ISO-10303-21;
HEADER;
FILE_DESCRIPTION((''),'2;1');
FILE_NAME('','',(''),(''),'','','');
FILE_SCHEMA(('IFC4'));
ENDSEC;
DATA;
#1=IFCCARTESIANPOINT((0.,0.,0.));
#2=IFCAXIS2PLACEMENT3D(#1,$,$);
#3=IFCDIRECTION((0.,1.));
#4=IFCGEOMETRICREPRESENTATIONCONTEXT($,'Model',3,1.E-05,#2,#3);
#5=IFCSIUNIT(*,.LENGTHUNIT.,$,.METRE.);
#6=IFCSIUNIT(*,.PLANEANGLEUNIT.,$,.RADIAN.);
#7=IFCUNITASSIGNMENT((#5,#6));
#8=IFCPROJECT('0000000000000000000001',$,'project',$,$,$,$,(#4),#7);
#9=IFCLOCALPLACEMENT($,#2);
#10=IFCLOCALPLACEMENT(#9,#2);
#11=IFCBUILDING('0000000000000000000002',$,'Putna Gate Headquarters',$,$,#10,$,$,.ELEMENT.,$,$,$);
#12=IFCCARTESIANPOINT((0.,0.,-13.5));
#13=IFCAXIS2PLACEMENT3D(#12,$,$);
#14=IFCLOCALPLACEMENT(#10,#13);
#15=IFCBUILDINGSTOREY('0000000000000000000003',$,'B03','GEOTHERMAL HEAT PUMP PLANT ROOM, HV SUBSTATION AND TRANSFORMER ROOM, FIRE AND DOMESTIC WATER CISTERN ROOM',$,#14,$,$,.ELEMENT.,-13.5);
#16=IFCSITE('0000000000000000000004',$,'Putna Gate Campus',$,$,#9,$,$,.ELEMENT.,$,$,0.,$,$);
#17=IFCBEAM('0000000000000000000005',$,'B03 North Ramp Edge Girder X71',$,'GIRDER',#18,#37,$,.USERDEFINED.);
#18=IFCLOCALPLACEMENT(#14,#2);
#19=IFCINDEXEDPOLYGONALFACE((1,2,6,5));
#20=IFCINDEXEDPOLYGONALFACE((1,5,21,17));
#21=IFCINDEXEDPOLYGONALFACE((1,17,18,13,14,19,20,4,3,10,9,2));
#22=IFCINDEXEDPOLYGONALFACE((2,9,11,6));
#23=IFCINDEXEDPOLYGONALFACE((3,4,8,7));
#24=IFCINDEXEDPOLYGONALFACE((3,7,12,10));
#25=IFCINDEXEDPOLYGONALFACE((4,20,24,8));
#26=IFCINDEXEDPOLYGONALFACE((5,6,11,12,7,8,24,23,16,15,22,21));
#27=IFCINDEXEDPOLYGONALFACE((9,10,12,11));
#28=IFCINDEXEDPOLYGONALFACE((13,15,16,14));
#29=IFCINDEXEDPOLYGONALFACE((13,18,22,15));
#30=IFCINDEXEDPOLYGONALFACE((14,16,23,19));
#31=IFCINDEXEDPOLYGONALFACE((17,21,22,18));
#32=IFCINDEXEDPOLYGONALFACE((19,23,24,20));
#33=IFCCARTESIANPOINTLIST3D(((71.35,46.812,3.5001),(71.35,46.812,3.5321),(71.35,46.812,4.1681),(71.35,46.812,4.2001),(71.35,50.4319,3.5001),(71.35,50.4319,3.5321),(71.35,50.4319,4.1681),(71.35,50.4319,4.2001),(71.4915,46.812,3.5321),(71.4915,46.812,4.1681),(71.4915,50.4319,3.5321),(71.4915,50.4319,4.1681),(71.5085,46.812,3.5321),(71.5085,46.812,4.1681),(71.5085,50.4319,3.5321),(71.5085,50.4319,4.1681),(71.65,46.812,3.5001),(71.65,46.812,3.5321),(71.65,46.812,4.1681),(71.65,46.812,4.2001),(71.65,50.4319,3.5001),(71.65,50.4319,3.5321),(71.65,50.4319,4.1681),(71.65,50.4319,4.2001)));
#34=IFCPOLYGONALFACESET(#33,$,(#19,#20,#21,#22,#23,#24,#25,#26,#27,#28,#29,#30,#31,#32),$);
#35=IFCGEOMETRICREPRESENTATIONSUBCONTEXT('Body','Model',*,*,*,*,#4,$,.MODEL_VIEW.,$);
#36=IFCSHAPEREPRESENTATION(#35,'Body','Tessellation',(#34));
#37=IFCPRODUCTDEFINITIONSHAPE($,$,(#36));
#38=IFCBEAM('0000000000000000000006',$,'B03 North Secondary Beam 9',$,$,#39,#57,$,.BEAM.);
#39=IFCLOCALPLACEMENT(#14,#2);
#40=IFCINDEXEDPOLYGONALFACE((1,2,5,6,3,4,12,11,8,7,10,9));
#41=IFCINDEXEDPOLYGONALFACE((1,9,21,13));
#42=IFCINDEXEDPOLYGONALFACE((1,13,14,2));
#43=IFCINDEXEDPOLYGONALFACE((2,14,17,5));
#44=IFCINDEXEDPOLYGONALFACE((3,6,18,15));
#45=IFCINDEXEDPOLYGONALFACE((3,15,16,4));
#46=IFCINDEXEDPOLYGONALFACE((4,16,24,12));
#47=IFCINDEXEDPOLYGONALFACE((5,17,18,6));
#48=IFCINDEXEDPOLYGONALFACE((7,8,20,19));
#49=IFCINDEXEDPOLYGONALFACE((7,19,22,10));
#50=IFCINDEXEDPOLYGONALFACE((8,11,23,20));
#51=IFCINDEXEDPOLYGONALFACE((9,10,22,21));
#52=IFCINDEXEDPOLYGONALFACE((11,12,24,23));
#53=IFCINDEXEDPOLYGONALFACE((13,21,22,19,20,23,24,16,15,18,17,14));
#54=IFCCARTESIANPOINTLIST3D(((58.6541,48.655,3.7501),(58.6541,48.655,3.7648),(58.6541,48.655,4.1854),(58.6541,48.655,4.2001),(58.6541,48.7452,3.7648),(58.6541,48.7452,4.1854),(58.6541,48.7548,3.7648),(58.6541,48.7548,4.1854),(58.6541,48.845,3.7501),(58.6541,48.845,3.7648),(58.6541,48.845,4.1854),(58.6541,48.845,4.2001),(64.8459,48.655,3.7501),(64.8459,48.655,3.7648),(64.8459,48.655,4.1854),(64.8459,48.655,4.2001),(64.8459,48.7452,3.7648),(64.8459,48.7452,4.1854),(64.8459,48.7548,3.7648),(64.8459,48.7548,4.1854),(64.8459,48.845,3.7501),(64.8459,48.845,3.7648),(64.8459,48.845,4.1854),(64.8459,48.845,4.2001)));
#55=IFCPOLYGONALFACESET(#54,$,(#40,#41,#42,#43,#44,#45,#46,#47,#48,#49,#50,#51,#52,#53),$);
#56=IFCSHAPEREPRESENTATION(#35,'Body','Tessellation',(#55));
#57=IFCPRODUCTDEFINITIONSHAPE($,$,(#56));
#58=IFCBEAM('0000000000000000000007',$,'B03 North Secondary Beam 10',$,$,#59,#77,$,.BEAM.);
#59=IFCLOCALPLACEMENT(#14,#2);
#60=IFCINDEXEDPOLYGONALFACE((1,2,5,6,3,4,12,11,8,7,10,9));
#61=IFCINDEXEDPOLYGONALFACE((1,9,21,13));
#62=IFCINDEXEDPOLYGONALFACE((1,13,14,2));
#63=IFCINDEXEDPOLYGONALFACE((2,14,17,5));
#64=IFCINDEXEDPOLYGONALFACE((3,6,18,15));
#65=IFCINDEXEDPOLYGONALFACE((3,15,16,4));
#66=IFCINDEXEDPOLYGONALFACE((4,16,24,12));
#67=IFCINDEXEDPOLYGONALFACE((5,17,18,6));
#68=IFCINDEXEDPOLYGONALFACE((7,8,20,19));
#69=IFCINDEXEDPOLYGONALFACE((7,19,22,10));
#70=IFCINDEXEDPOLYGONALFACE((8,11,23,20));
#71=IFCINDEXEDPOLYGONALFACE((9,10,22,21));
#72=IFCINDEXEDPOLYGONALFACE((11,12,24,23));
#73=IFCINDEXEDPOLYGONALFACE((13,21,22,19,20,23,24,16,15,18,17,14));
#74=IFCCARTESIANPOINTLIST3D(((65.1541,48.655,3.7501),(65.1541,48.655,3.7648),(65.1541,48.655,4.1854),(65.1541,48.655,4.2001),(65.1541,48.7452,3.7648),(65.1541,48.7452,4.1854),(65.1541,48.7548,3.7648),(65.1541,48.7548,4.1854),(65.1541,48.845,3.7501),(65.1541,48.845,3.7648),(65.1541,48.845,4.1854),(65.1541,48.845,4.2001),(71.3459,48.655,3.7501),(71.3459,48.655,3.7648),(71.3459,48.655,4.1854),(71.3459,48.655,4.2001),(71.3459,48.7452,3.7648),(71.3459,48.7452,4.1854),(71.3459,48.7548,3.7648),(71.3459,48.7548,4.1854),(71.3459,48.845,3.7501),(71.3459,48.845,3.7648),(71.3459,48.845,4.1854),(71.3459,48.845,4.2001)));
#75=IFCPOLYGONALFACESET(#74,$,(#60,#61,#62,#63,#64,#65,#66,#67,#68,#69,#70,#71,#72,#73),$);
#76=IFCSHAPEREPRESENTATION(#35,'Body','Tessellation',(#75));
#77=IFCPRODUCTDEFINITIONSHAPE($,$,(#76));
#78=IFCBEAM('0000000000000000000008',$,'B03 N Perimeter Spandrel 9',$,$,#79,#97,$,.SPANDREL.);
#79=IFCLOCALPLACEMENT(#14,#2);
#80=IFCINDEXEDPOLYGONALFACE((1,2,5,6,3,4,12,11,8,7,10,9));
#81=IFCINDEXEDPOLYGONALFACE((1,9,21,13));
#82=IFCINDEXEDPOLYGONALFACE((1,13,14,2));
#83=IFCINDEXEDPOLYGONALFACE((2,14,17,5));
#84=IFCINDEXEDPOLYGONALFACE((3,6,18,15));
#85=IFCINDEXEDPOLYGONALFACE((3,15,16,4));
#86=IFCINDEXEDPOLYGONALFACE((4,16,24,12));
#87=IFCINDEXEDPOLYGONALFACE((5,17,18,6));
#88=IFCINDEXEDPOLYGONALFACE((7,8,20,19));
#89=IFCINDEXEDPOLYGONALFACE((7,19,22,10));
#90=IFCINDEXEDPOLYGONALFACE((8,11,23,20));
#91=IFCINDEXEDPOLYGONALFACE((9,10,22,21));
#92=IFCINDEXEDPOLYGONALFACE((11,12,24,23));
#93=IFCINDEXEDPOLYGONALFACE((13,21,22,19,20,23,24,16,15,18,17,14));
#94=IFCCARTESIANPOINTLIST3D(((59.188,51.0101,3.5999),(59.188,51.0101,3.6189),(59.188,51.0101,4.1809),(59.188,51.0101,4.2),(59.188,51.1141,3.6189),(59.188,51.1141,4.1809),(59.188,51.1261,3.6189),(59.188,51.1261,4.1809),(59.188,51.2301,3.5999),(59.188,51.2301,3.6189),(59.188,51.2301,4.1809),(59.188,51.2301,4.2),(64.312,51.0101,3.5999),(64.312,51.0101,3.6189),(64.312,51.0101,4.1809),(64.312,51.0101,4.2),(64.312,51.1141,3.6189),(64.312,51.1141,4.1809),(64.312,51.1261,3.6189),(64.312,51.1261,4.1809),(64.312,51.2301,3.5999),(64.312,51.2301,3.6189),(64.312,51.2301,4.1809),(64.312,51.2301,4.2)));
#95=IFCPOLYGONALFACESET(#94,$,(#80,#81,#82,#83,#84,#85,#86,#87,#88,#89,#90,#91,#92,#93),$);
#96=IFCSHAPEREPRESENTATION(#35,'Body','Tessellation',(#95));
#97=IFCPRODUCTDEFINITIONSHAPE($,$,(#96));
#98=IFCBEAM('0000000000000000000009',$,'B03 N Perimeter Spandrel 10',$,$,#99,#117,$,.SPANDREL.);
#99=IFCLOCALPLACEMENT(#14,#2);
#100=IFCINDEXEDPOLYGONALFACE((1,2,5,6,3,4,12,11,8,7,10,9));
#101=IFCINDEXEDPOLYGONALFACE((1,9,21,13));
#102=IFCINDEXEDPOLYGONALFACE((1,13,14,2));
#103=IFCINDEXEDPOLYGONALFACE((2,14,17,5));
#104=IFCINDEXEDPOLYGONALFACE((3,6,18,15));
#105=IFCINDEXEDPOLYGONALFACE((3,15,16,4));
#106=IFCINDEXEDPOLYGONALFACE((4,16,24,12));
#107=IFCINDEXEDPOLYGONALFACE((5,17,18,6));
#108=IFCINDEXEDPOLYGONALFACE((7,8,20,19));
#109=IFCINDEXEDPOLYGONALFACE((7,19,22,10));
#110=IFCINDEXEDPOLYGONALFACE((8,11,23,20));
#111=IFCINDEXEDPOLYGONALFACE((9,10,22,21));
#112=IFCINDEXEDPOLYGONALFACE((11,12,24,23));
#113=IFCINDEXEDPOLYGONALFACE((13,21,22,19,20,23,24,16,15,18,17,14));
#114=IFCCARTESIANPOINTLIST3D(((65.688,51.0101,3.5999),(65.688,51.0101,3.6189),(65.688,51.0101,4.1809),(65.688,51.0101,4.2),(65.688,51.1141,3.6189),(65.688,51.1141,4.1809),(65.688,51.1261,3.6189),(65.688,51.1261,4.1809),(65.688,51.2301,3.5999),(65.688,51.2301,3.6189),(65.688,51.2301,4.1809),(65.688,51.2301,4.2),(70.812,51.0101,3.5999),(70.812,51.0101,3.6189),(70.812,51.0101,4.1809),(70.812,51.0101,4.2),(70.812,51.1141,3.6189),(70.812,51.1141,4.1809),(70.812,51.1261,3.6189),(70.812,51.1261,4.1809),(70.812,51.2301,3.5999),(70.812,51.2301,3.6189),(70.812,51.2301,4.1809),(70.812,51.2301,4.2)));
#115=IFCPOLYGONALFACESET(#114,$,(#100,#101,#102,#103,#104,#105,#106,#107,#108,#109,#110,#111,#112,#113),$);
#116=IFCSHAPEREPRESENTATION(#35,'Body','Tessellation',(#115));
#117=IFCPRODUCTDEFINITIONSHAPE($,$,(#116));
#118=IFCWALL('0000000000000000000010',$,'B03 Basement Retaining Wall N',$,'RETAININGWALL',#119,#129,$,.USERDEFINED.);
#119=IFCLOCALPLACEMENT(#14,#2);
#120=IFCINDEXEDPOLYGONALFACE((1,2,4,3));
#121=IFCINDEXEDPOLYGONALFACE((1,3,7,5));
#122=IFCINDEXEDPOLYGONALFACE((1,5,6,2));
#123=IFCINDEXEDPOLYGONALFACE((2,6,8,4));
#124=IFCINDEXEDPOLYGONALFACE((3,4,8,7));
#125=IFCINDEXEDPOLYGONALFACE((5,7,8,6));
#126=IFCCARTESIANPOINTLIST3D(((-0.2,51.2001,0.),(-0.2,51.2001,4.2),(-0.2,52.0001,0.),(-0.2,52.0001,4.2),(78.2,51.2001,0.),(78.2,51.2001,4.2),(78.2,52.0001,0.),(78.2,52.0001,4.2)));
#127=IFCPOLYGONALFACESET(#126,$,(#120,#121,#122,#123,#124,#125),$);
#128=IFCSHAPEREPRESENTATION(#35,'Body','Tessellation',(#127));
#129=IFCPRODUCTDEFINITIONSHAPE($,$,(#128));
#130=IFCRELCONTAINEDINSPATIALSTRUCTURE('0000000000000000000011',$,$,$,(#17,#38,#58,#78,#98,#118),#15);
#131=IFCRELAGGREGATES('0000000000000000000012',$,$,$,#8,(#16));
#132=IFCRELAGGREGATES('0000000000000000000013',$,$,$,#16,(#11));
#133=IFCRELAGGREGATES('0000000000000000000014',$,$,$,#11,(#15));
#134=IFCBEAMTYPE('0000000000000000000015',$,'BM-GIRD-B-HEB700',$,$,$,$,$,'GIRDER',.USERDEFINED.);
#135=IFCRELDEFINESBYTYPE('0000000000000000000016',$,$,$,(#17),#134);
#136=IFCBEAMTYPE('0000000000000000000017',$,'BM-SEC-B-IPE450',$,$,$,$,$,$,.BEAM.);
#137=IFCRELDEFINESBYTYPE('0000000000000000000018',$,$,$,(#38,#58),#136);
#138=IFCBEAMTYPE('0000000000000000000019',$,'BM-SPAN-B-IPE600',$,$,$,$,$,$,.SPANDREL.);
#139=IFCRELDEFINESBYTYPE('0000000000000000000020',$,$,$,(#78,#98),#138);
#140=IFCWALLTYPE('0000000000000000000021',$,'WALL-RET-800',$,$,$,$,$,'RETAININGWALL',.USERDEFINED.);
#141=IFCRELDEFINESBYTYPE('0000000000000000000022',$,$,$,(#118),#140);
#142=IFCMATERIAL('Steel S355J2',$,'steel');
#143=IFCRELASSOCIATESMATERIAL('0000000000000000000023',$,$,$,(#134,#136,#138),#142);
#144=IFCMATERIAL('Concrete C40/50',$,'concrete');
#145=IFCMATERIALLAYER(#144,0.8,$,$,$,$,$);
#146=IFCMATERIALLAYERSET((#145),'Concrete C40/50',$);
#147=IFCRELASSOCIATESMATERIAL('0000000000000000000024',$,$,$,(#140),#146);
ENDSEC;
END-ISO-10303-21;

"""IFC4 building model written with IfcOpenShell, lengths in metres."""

from ifc_helpers import new_model, si_unit, direction, frame, frame_2d, origin, origin_2d, place, context, subcontext, project, spatial, rectangle, i_section, extrude, material, layer, layer_set, material_profile, profile_set, type_object, element, save


model = new_model("IFC4")

# Units and contexts
model_context = context("Model", 3, precision=1e-05, world=origin(), true_north=direction((0.0, 1.0)))
body_context = subcontext(model_context, "Body", "Model", "MODEL_VIEW")
ifc_project = project(units=[si_unit("LENGTHUNIT", "METRE"), si_unit("PLANEANGLEUNIT", "RADIAN")], contexts=[model_context])

# Site, building, storey
site_placement = place(None, origin())
site = spatial("IfcSite", under=ifc_project, at=site_placement, Name="Putna Gate Campus", CompositionType="ELEMENT", RefElevation=0.0)
building_placement = place(site_placement, origin())
building = spatial("IfcBuilding", under=site, at=building_placement, Name="Putna Gate Headquarters", CompositionType="ELEMENT")
storey_placement = place(building_placement, frame((0.0, 0.0, -13.5)))
storey = spatial("IfcBuildingStorey", under=building, at=storey_placement, Name="B03", Description="GEOTHERMAL HEAT PUMP PLANT ROOM, HV SUBSTATION AND TRANSFORMER ROOM, FIRE AND DOMESTIC WATER CISTERN ROOM", CompositionType="ELEMENT", Elevation=-13.5)

# Shared definitions
ifc_material_1 = material(Name="Concrete C40/50", Category="concrete")

# Beams
ifc_material_2 = material(Name="Steel S355J2", Category="steel")
ifc_material_profile_1 = material_profile(ifc_material_2, i_section(OverallWidth=0.3, OverallDepth=0.7, WebThickness=0.0171, FlangeThickness=0.032, at=origin_2d()), Name="Steel S355J2")
ifc_profile_set_1 = profile_set([ifc_material_profile_1], Name="Steel S355J2")
beam_type_1 = type_object("IfcBeamType", Name="BM-GIRD-B-HEB700", ElementType="GIRDER", PredefinedType="USERDEFINED", material=ifc_profile_set_1)
for number, where, z_axis, x_axis, name in (
    (1, (71.5, 46.812, 3.8501), (0.0, 1.0, 0.0), (-1.0, 0.0, 0.0), "B03 North Ramp Edge Girder X71"),
):
    element("IfcBeam", number, at=place(storey_placement, frame(where, z_axis=z_axis, x_axis=x_axis)), inside=storey, type_object=beam_type_1, Name=name, ObjectType="GIRDER", PredefinedType="USERDEFINED", context=body_context, shape_type="SweptSolid", body=[
        extrude(i_section(OverallWidth=0.3, OverallDepth=0.7, WebThickness=0.0171, FlangeThickness=0.032, at=origin_2d()), origin(), (0.0, 0.0, 1.0), 3.6199),
    ])
ifc_material_profile_2 = material_profile(ifc_material_2, i_section(OverallWidth=0.1899, OverallDepth=0.45, WebThickness=0.0095, FlangeThickness=0.0146, at=origin_2d()), Name="Steel S355J2")
ifc_profile_set_2 = profile_set([ifc_material_profile_2], Name="Steel S355J2")
beam_type_2 = type_object("IfcBeamType", Name="BM-SEC-B-IPE450", PredefinedType="BEAM", material=ifc_profile_set_2)
for number, where, z_axis, x_axis, name in (
    (2, (58.6541, 48.75, 3.9751), (1.0, 0.0, 0.0), (0.0, 1.0, 0.0), "B03 North Secondary Beam 9"),
    (3, (65.1541, 48.75, 3.9751), (1.0, 0.0, 0.0), (0.0, 1.0, 0.0), "B03 North Secondary Beam 10"),
):
    element("IfcBeam", number, at=place(storey_placement, frame(where, z_axis=z_axis, x_axis=x_axis)), inside=storey, type_object=beam_type_2, Name=name, PredefinedType="BEAM", context=body_context, shape_type="SweptSolid", body=[
        extrude(i_section(OverallWidth=0.1899, OverallDepth=0.45, WebThickness=0.0095, FlangeThickness=0.0146, at=origin_2d()), origin(), (0.0, 0.0, 1.0), 6.1919),
    ])
ifc_material_profile_3 = material_profile(ifc_material_2, i_section(OverallWidth=0.22, OverallDepth=0.6001, WebThickness=0.012, FlangeThickness=0.019, at=origin_2d()), Name="Steel S355J2")
ifc_profile_set_3 = profile_set([ifc_material_profile_3], Name="Steel S355J2")
beam_type_3 = type_object("IfcBeamType", Name="BM-SPAN-B-IPE600", PredefinedType="SPANDREL", material=ifc_profile_set_3)
for number, where, z_axis, x_axis, name in (
    (4, (59.188, 51.1201, 3.8999), (1.0, 0.0, 0.0), (0.0, 1.0, 0.0), "B03 N Perimeter Spandrel 9"),
    (5, (65.688, 51.1201, 3.8999), (1.0, 0.0, 0.0), (0.0, 1.0, 0.0), "B03 N Perimeter Spandrel 10"),
):
    element("IfcBeam", number, at=place(storey_placement, frame(where, z_axis=z_axis, x_axis=x_axis)), inside=storey, type_object=beam_type_3, Name=name, PredefinedType="SPANDREL", context=body_context, shape_type="SweptSolid", body=[
        extrude(i_section(OverallWidth=0.22, OverallDepth=0.6001, WebThickness=0.012, FlangeThickness=0.019, at=origin_2d()), origin(), (0.0, 0.0, 1.0), 5.124),
    ])

# Wall
ifc_layer_1 = layer(ifc_material_1, 0.8)
ifc_layer_set_1 = layer_set([ifc_layer_1], Name="Concrete C40/50")
wall_type = type_object("IfcWallType", Name="WALL-RET-800", ElementType="RETAININGWALL", PredefinedType="USERDEFINED", material=ifc_layer_set_1)
wall_placement = place(storey_placement, frame((78.2, 51.6001, 0.0), z_axis=(0.0, 0.0, 1.0), x_axis=(-1.0, 0.0, 0.0)))
element("IfcWall", 6, at=wall_placement, inside=storey, type_object=wall_type, Name="B03 Basement Retaining Wall N", ObjectType="RETAININGWALL", PredefinedType="USERDEFINED", context=body_context, shape_type="SweptSolid", body=[
    extrude(rectangle(XDim=78.3999, YDim=0.8, at=frame_2d((39.2, 0.0))), origin(), (0.0, 0.0, 1.0), 4.2),
])

save(model, "model.ifc")
